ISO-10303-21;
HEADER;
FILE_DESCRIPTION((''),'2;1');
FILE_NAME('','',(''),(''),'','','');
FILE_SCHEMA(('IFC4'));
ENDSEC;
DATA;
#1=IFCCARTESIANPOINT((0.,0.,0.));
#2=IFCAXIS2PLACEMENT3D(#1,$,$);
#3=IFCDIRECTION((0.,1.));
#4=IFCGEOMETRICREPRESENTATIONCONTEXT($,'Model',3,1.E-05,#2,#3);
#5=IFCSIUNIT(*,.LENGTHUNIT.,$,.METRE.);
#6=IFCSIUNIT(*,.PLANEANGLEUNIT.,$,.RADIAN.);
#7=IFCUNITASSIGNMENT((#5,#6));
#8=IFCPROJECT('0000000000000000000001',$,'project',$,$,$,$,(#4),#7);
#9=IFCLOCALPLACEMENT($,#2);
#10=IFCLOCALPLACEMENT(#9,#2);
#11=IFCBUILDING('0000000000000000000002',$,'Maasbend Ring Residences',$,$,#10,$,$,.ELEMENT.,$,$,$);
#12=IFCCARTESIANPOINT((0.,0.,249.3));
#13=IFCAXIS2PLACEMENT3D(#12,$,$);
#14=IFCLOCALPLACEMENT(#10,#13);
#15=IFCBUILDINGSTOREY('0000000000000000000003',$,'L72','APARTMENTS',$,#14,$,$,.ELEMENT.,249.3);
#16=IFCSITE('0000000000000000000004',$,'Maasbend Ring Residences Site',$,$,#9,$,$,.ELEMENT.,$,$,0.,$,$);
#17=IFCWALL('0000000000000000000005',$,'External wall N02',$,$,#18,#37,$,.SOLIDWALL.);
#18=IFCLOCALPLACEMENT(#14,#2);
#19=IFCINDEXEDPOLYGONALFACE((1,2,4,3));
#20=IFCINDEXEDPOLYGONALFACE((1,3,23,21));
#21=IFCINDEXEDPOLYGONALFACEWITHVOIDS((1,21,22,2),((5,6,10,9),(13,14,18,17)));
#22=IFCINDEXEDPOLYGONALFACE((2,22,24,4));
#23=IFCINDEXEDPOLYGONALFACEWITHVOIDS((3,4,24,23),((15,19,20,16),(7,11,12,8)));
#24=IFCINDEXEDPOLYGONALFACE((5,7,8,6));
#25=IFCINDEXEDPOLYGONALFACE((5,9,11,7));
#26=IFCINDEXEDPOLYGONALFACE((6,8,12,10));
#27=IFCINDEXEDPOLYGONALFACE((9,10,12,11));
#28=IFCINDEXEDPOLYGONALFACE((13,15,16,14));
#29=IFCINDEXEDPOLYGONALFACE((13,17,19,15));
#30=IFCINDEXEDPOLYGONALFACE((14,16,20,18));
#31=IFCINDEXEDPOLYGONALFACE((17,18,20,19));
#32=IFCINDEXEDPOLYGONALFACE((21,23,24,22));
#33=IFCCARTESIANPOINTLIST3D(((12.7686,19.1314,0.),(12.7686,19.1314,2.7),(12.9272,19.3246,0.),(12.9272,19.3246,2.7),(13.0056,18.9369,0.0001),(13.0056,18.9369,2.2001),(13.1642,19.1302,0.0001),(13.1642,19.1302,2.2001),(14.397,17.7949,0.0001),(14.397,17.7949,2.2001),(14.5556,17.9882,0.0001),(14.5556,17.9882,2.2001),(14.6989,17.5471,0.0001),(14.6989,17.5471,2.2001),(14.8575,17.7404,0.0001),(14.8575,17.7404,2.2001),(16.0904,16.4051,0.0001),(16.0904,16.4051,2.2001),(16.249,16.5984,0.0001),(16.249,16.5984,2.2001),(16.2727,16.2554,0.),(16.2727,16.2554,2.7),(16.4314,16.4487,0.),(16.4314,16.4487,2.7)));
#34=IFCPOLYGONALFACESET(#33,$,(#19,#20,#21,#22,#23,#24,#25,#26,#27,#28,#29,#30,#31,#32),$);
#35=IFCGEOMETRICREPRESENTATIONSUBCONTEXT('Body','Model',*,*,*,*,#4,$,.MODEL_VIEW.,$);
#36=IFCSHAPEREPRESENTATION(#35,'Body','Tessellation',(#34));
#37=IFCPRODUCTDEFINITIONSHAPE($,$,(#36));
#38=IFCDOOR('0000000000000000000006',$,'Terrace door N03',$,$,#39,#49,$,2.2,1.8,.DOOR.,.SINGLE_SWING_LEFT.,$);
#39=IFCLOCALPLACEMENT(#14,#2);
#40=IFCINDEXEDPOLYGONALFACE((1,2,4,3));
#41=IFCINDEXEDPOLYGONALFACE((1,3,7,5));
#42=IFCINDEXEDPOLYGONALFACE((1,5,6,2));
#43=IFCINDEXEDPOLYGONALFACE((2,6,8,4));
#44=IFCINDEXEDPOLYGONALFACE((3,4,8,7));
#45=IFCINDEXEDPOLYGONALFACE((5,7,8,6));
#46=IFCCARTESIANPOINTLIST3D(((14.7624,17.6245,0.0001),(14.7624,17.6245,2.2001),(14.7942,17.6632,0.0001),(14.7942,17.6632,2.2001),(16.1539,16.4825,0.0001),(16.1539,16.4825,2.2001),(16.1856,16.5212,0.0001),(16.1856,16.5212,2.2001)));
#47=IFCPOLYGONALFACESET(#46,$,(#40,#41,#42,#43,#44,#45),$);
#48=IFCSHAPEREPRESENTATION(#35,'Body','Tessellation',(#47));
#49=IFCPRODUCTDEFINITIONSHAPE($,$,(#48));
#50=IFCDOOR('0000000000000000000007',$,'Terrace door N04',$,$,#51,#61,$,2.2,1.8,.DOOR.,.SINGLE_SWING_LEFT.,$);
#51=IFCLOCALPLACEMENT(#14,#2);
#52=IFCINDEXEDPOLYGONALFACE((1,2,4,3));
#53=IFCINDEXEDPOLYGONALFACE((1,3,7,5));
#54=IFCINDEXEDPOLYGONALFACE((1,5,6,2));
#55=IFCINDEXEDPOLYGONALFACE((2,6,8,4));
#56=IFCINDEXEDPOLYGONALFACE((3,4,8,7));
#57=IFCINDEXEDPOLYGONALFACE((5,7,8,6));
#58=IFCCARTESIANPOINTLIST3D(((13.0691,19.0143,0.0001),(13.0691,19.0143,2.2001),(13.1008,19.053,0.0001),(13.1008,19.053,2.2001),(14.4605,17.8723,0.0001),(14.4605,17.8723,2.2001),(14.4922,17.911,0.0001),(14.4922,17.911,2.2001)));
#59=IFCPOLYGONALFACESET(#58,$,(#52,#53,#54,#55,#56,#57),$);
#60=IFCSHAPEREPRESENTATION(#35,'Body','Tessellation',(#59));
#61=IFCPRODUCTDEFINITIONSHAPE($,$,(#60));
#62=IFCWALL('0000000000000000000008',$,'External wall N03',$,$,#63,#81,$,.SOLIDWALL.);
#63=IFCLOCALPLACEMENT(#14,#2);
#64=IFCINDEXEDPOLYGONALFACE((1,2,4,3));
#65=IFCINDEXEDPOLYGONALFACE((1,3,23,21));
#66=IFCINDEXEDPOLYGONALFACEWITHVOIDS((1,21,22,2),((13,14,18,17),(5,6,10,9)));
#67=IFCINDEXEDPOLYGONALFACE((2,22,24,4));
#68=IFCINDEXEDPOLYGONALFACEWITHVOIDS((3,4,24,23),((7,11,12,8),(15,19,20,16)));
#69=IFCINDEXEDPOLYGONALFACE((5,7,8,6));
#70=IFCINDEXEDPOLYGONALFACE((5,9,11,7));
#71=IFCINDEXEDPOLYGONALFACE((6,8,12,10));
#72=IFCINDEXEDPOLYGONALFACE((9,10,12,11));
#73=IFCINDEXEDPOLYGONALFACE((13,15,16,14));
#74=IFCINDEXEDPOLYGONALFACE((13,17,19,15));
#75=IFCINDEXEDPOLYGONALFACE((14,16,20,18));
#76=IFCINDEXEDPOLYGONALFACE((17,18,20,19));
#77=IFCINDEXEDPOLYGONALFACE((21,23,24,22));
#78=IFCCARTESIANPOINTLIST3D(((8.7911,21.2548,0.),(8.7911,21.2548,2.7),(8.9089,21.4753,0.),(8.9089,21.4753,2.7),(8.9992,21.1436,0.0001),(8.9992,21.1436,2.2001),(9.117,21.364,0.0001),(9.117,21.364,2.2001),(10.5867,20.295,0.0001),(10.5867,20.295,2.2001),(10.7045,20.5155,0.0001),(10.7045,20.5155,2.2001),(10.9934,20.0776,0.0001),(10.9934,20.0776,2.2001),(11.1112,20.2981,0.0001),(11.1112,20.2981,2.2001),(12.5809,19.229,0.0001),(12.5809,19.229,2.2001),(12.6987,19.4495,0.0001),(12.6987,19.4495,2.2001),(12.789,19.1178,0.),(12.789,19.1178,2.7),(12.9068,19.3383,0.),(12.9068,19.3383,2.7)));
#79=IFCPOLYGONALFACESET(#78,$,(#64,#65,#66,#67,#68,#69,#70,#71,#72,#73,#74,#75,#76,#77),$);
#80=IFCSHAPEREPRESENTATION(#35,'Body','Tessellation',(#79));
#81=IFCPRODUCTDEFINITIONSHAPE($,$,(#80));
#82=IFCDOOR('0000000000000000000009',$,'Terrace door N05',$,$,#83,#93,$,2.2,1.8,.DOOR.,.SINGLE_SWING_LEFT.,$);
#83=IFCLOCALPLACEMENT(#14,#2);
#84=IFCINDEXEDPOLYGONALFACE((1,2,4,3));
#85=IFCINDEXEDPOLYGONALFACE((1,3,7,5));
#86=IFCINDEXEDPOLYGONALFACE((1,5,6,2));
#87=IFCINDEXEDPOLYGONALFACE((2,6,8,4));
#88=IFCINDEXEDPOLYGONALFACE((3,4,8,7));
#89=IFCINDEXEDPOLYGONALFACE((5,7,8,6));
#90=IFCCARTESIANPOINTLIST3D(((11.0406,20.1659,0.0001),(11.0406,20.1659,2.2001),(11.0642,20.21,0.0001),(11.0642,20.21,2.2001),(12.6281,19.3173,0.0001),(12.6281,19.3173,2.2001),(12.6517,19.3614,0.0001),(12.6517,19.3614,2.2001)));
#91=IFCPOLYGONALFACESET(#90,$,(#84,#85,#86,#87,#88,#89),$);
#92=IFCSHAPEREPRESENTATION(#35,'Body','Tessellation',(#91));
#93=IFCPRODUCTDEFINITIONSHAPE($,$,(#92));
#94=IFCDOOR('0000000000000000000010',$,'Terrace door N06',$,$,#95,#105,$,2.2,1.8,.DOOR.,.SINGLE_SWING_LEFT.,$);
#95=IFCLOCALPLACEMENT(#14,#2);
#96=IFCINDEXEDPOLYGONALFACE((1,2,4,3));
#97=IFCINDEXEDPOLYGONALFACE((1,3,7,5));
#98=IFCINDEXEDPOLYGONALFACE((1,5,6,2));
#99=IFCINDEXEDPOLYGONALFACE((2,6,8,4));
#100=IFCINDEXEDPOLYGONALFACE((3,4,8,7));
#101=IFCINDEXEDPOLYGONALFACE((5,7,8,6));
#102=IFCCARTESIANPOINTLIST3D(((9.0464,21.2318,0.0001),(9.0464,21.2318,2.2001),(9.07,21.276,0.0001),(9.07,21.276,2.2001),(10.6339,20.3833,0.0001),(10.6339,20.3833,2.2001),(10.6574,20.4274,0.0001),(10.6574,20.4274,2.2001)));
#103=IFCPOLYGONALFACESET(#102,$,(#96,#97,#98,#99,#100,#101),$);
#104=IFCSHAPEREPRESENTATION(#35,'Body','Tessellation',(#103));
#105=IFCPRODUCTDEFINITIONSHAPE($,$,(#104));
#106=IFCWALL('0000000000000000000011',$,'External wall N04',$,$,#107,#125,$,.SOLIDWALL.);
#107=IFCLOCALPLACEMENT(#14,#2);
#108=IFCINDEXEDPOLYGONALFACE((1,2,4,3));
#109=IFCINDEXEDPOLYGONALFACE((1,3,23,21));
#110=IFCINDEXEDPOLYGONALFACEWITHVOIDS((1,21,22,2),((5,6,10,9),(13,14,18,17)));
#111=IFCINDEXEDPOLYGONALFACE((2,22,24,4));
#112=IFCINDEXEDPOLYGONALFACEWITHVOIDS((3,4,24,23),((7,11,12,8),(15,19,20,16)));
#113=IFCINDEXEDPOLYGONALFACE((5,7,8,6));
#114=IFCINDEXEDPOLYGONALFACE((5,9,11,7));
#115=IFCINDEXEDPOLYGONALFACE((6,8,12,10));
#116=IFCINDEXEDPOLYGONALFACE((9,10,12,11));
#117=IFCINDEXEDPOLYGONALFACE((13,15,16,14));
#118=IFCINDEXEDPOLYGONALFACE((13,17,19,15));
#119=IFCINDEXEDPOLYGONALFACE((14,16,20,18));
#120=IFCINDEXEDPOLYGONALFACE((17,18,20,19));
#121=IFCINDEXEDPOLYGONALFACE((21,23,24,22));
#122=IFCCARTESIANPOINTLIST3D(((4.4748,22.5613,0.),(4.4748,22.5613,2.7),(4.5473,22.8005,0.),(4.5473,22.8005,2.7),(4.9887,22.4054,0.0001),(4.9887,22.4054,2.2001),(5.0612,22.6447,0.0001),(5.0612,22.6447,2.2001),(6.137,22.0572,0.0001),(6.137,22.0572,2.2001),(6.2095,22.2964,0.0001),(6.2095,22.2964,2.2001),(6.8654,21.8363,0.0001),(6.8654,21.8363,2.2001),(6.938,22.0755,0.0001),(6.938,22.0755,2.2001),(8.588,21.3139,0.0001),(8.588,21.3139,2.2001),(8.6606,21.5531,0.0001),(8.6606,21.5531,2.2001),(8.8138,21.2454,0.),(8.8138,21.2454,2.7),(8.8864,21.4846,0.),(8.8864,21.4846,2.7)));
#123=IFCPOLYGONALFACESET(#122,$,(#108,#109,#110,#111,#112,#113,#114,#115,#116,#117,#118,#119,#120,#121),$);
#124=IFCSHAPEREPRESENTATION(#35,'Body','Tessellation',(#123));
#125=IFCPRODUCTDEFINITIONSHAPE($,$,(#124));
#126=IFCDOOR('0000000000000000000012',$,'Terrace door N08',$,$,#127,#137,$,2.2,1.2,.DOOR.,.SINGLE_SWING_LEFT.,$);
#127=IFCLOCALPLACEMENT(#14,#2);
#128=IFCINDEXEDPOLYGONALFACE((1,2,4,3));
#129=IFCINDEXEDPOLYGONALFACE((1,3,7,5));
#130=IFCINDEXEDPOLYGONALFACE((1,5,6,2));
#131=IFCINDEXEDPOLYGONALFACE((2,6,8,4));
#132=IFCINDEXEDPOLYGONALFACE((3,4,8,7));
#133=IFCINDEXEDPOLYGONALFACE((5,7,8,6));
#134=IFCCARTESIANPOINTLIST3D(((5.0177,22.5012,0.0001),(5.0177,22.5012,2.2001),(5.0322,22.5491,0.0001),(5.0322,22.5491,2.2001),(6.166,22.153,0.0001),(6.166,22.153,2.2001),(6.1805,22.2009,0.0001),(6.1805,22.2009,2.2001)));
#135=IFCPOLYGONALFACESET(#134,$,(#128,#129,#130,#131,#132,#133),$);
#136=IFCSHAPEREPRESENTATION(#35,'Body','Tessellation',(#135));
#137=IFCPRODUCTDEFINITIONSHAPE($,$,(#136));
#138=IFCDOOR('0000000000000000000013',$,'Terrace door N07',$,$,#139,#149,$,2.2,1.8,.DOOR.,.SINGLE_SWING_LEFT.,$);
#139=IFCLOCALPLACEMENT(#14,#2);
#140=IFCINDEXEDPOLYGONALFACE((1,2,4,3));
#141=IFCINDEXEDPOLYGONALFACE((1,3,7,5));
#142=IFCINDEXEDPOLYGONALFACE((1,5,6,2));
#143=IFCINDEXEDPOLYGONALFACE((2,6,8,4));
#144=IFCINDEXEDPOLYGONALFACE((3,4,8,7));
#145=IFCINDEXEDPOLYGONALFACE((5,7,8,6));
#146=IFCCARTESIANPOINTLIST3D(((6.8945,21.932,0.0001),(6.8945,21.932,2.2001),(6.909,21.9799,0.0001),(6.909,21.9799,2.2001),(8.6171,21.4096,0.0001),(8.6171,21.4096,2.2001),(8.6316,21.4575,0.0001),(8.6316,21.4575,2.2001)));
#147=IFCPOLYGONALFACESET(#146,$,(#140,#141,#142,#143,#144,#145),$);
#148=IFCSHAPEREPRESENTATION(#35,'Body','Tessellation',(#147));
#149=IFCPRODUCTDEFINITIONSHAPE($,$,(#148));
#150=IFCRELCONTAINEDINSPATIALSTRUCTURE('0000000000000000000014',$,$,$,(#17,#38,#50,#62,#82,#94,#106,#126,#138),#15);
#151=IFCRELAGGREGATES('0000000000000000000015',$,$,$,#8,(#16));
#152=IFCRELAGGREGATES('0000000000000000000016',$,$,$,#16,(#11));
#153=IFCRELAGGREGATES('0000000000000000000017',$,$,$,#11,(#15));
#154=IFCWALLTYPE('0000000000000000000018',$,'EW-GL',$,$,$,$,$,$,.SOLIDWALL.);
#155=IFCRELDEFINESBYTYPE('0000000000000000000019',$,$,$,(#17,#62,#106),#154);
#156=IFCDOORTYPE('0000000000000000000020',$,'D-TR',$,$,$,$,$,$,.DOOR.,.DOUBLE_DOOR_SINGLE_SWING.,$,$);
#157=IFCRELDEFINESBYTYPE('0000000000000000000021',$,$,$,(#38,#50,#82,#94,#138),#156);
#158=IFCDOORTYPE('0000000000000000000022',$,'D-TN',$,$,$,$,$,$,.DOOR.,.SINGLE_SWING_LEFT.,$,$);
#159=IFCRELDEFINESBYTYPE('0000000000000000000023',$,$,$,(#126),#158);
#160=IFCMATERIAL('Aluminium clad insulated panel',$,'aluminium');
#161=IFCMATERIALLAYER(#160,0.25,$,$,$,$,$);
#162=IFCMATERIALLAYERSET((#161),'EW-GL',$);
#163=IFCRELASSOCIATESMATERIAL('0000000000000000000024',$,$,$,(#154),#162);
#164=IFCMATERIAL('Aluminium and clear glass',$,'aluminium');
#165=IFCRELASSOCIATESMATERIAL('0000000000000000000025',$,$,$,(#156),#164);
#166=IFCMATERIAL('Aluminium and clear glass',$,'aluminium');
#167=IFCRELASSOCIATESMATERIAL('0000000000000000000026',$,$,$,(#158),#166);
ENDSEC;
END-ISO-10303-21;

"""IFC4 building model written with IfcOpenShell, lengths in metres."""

from ifc_helpers import new_model, si_unit, direction, frame, frame_2d, origin, place, context, subcontext, project, spatial, rectangle, extrude, material, layer, layer_set, type_object, element, fill, save


model = new_model("IFC4")

# Units and contexts
model_context = context("Model", 3, precision=1e-05, world=origin(), true_north=direction((0.0, 1.0)))
body_context = subcontext(model_context, "Body", "Model", "MODEL_VIEW")
ifc_project = project(units=[si_unit("LENGTHUNIT", "METRE"), si_unit("PLANEANGLEUNIT", "RADIAN")], contexts=[model_context])

# Site, building, storey
site_placement = place(None, origin())
site = spatial("IfcSite", under=ifc_project, at=site_placement, Name="Maasbend Ring Residences Site", CompositionType="ELEMENT", RefElevation=0.0)
building_placement = place(site_placement, origin())
building = spatial("IfcBuilding", under=site, at=building_placement, Name="Maasbend Ring Residences", CompositionType="ELEMENT")
storey_placement = place(building_placement, frame((0.0, 0.0, 249.3)))
storey = spatial("IfcBuildingStorey", under=building, at=storey_placement, Name="L72", Description="APARTMENTS", CompositionType="ELEMENT", Elevation=249.3)

# Walls, openings, doors
ifc_material_1 = material(Name="Aluminium clad insulated panel", Category="aluminium")
ifc_layer_1 = layer(ifc_material_1, 0.25)
ifc_layer_set_1 = layer_set([ifc_layer_1], Name="EW-GL")
wall_type_1 = type_object("IfcWallType", Name="EW-GL", PredefinedType="SOLIDWALL", material=ifc_layer_set_1)
ifc_material_2 = material(Name="Aluminium and clear glass", Category="aluminium")
door_type_1 = type_object("IfcDoorType", Name="D-TR", OperationType="DOUBLE_DOOR_SINGLE_SWING", PredefinedType="DOOR", material=ifc_material_2)
wall_1_placement = place(storey_placement, frame((16.3521, 16.3521, 0.0), z_axis=(0.0, 0.0, 1.0), x_axis=(-0.772989, 0.634419, 0.0)))
wall_1 = element("IfcWall", 1, at=wall_1_placement, inside=storey, type_object=wall_type_1, Name="External wall N02", PredefinedType="SOLIDWALL", context=body_context, shape_type="SweptSolid", body=[
    extrude(rectangle(XDim=4.5332, YDim=0.25, at=frame_2d((2.2666, 0.0))), origin(), (0.0, 0.0, 1.0), 2.7),
])
opening_1_placement = place(wall_1_placement, frame((0.2361, 0.0, 0.0)))
opening_1 = element("IfcOpeningElement", 2, at=opening_1_placement, cuts=wall_1, PredefinedType="OPENING", context=body_context, shape_type="SweptSolid", body=[
    extrude(rectangle(XDim=1.8, YDim=2.2, at=frame_2d((0.8999, 1.1001))), frame((0.0, 0.135, 0.0), z_axis=(0.0, -1.0, 0.0), x_axis=(1.0, 0.0, 0.0)), (0.0, 0.0, 1.0), 0.27),
])
opening_2_placement = place(wall_1_placement, frame((2.4268, 0.0, 0.0)))
opening_2 = element("IfcOpeningElement", 3, at=opening_2_placement, cuts=wall_1, PredefinedType="OPENING", context=body_context, shape_type="SweptSolid", body=[
    extrude(rectangle(XDim=1.8, YDim=2.2, at=frame_2d((0.8999, 1.1001))), frame((0.0, 0.135, 0.0), z_axis=(0.0, -1.0, 0.0), x_axis=(1.0, 0.0, 0.0)), (0.0, 0.0, 1.0), 0.27),
])
door_1_placement = place(opening_1_placement, origin())
door_1 = element("IfcDoor", 4, at=door_1_placement, inside=storey, type_object=door_type_1, Name="Terrace door N03", OperationType="SINGLE_SWING_LEFT", OverallHeight=2.2, OverallWidth=1.8, PredefinedType="DOOR", context=body_context, shape_type="SweptSolid", body=[
    extrude(rectangle(XDim=1.8, YDim=2.2, at=frame_2d((0.8999, 1.1001))), frame((0.0, 0.0249, 0.0), z_axis=(0.0, -1.0, 0.0), x_axis=(1.0, 0.0, 0.0)), (0.0, 0.0, 1.0), 0.05),
])
fill(opening_1, door_1)
door_2_placement = place(opening_2_placement, origin())
door_2 = element("IfcDoor", 5, at=door_2_placement, inside=storey, type_object=door_type_1, Name="Terrace door N04", OperationType="SINGLE_SWING_LEFT", OverallHeight=2.2, OverallWidth=1.8, PredefinedType="DOOR", context=body_context, shape_type="SweptSolid", body=[
    extrude(rectangle(XDim=1.8, YDim=2.2, at=frame_2d((0.8999, 1.1001))), frame((0.0, 0.0249, 0.0), z_axis=(0.0, -1.0, 0.0), x_axis=(1.0, 0.0, 0.0)), (0.0, 0.0, 1.0), 0.05),
])
fill(opening_2, door_2)
wall_2_placement = place(storey_placement, frame((12.8479, 19.228, 0.0), z_axis=(0.0, 0.0, 1.0), x_axis=(-0.881913, 0.471413, 0.0)))
wall_2 = element("IfcWall", 6, at=wall_2_placement, inside=storey, type_object=wall_type_1, Name="External wall N03", PredefinedType="SOLIDWALL", context=body_context, shape_type="SweptSolid", body=[
    extrude(rectangle(XDim=4.5332, YDim=0.25, at=frame_2d((2.2666, 0.0))), origin(), (0.0, 0.0, 1.0), 2.7),
])
opening_3_placement = place(wall_2_placement, frame((0.2361, 0.0, 0.0)))
opening_3 = element("IfcOpeningElement", 7, at=opening_3_placement, cuts=wall_2, PredefinedType="OPENING", context=body_context, shape_type="SweptSolid", body=[
    extrude(rectangle(XDim=1.8, YDim=2.2, at=frame_2d((0.8999, 1.1001))), frame((0.0, 0.135, 0.0), z_axis=(0.0, -1.0, 0.0), x_axis=(1.0, 0.0, 0.0)), (0.0, 0.0, 1.0), 0.27),
])
opening_4_placement = place(wall_2_placement, frame((2.4973, 0.0, 0.0)))
opening_4 = element("IfcOpeningElement", 8, at=opening_4_placement, cuts=wall_2, PredefinedType="OPENING", context=body_context, shape_type="SweptSolid", body=[
    extrude(rectangle(XDim=1.8, YDim=2.2, at=frame_2d((0.8999, 1.1001))), frame((0.0, 0.135, 0.0), z_axis=(0.0, -1.0, 0.0), x_axis=(1.0, 0.0, 0.0)), (0.0, 0.0, 1.0), 0.27),
])
door_3_placement = place(opening_3_placement, origin())
door_3 = element("IfcDoor", 9, at=door_3_placement, inside=storey, type_object=door_type_1, Name="Terrace door N05", OperationType="SINGLE_SWING_LEFT", OverallHeight=2.2, OverallWidth=1.8, PredefinedType="DOOR", context=body_context, shape_type="SweptSolid", body=[
    extrude(rectangle(XDim=1.8, YDim=2.2, at=frame_2d((0.8999, 1.1001))), frame((0.0, 0.0249, 0.0), z_axis=(0.0, -1.0, 0.0), x_axis=(1.0, 0.0, 0.0)), (0.0, 0.0, 1.0), 0.05),
])
fill(opening_3, door_3)
door_4_placement = place(opening_4_placement, origin())
door_4 = element("IfcDoor", 10, at=door_4_placement, inside=storey, type_object=door_type_1, Name="Terrace door N06", OperationType="SINGLE_SWING_LEFT", OverallHeight=2.2, OverallWidth=1.8, PredefinedType="DOOR", context=body_context, shape_type="SweptSolid", body=[
    extrude(rectangle(XDim=1.8, YDim=2.2, at=frame_2d((0.8999, 1.1001))), frame((0.0, 0.0249, 0.0), z_axis=(0.0, -1.0, 0.0), x_axis=(1.0, 0.0, 0.0)), (0.0, 0.0, 1.0), 0.05),
])
fill(opening_4, door_4)
wall_3_placement = place(storey_placement, frame((8.8501, 21.365, 0.0), z_axis=(0.0, 0.0, 1.0), x_axis=(-0.956961, 0.290217, 0.0)))
wall_3 = element("IfcWall", 11, at=wall_3_placement, inside=storey, type_object=wall_type_1, Name="External wall N04", PredefinedType="SOLIDWALL", context=body_context, shape_type="SweptSolid", body=[
    extrude(rectangle(XDim=4.5342, YDim=0.25, at=frame_2d((2.2671, 0.0))), origin(), (0.0, 0.0, 1.0), 2.7),
])
opening_5_placement = place(wall_3_placement, frame((0.2361, 0.0, 0.0)))
opening_5 = element("IfcOpeningElement", 12, at=opening_5_placement, cuts=wall_3, PredefinedType="OPENING", context=body_context, shape_type="SweptSolid", body=[
    extrude(rectangle(XDim=1.8, YDim=2.2, at=frame_2d((0.8999, 1.1001))), frame((0.0, 0.135, 0.0), z_axis=(0.0, -1.0, 0.0), x_axis=(1.0, 0.0, 0.0)), (0.0, 0.0, 1.0), 0.27),
])
opening_6_placement = place(wall_3_placement, frame((2.7971, 0.0, 0.0)))
opening_6 = element("IfcOpeningElement", 13, at=opening_6_placement, cuts=wall_3, PredefinedType="OPENING", context=body_context, shape_type="SweptSolid", body=[
    extrude(rectangle(XDim=1.2, YDim=2.2, at=frame_2d((0.6001, 1.1001))), frame((0.0, 0.135, 0.0), z_axis=(0.0, -1.0, 0.0), x_axis=(1.0, 0.0, 0.0)), (0.0, 0.0, 1.0), 0.27),
])
ifc_material_3 = material(Name="Aluminium and clear glass", Category="aluminium")
door_type_2 = type_object("IfcDoorType", Name="D-TN", OperationType="SINGLE_SWING_LEFT", PredefinedType="DOOR", material=ifc_material_3)
door_5_placement = place(opening_6_placement, origin())
door_5 = element("IfcDoor", 14, at=door_5_placement, inside=storey, type_object=door_type_2, Name="Terrace door N08", OperationType="SINGLE_SWING_LEFT", OverallHeight=2.2, OverallWidth=1.2, PredefinedType="DOOR", context=body_context, shape_type="SweptSolid", body=[
    extrude(rectangle(XDim=1.2, YDim=2.2, at=frame_2d((0.6001, 1.1001))), frame((0.0, 0.0249, 0.0), z_axis=(0.0, -1.0, 0.0), x_axis=(1.0, 0.0, 0.0)), (0.0, 0.0, 1.0), 0.05),
])
fill(opening_6, door_5)
door_6_placement = place(opening_5_placement, origin())
door_6 = element("IfcDoor", 15, at=door_6_placement, inside=storey, type_object=door_type_1, Name="Terrace door N07", OperationType="SINGLE_SWING_LEFT", OverallHeight=2.2, OverallWidth=1.8, PredefinedType="DOOR", context=body_context, shape_type="SweptSolid", body=[
    extrude(rectangle(XDim=1.8, YDim=2.2, at=frame_2d((0.8999, 1.1001))), frame((0.0, 0.0249, 0.0), z_axis=(0.0, -1.0, 0.0), x_axis=(1.0, 0.0, 0.0)), (0.0, 0.0, 1.0), 0.05),
])
fill(opening_5, door_6)

save(model, "model.ifc")
